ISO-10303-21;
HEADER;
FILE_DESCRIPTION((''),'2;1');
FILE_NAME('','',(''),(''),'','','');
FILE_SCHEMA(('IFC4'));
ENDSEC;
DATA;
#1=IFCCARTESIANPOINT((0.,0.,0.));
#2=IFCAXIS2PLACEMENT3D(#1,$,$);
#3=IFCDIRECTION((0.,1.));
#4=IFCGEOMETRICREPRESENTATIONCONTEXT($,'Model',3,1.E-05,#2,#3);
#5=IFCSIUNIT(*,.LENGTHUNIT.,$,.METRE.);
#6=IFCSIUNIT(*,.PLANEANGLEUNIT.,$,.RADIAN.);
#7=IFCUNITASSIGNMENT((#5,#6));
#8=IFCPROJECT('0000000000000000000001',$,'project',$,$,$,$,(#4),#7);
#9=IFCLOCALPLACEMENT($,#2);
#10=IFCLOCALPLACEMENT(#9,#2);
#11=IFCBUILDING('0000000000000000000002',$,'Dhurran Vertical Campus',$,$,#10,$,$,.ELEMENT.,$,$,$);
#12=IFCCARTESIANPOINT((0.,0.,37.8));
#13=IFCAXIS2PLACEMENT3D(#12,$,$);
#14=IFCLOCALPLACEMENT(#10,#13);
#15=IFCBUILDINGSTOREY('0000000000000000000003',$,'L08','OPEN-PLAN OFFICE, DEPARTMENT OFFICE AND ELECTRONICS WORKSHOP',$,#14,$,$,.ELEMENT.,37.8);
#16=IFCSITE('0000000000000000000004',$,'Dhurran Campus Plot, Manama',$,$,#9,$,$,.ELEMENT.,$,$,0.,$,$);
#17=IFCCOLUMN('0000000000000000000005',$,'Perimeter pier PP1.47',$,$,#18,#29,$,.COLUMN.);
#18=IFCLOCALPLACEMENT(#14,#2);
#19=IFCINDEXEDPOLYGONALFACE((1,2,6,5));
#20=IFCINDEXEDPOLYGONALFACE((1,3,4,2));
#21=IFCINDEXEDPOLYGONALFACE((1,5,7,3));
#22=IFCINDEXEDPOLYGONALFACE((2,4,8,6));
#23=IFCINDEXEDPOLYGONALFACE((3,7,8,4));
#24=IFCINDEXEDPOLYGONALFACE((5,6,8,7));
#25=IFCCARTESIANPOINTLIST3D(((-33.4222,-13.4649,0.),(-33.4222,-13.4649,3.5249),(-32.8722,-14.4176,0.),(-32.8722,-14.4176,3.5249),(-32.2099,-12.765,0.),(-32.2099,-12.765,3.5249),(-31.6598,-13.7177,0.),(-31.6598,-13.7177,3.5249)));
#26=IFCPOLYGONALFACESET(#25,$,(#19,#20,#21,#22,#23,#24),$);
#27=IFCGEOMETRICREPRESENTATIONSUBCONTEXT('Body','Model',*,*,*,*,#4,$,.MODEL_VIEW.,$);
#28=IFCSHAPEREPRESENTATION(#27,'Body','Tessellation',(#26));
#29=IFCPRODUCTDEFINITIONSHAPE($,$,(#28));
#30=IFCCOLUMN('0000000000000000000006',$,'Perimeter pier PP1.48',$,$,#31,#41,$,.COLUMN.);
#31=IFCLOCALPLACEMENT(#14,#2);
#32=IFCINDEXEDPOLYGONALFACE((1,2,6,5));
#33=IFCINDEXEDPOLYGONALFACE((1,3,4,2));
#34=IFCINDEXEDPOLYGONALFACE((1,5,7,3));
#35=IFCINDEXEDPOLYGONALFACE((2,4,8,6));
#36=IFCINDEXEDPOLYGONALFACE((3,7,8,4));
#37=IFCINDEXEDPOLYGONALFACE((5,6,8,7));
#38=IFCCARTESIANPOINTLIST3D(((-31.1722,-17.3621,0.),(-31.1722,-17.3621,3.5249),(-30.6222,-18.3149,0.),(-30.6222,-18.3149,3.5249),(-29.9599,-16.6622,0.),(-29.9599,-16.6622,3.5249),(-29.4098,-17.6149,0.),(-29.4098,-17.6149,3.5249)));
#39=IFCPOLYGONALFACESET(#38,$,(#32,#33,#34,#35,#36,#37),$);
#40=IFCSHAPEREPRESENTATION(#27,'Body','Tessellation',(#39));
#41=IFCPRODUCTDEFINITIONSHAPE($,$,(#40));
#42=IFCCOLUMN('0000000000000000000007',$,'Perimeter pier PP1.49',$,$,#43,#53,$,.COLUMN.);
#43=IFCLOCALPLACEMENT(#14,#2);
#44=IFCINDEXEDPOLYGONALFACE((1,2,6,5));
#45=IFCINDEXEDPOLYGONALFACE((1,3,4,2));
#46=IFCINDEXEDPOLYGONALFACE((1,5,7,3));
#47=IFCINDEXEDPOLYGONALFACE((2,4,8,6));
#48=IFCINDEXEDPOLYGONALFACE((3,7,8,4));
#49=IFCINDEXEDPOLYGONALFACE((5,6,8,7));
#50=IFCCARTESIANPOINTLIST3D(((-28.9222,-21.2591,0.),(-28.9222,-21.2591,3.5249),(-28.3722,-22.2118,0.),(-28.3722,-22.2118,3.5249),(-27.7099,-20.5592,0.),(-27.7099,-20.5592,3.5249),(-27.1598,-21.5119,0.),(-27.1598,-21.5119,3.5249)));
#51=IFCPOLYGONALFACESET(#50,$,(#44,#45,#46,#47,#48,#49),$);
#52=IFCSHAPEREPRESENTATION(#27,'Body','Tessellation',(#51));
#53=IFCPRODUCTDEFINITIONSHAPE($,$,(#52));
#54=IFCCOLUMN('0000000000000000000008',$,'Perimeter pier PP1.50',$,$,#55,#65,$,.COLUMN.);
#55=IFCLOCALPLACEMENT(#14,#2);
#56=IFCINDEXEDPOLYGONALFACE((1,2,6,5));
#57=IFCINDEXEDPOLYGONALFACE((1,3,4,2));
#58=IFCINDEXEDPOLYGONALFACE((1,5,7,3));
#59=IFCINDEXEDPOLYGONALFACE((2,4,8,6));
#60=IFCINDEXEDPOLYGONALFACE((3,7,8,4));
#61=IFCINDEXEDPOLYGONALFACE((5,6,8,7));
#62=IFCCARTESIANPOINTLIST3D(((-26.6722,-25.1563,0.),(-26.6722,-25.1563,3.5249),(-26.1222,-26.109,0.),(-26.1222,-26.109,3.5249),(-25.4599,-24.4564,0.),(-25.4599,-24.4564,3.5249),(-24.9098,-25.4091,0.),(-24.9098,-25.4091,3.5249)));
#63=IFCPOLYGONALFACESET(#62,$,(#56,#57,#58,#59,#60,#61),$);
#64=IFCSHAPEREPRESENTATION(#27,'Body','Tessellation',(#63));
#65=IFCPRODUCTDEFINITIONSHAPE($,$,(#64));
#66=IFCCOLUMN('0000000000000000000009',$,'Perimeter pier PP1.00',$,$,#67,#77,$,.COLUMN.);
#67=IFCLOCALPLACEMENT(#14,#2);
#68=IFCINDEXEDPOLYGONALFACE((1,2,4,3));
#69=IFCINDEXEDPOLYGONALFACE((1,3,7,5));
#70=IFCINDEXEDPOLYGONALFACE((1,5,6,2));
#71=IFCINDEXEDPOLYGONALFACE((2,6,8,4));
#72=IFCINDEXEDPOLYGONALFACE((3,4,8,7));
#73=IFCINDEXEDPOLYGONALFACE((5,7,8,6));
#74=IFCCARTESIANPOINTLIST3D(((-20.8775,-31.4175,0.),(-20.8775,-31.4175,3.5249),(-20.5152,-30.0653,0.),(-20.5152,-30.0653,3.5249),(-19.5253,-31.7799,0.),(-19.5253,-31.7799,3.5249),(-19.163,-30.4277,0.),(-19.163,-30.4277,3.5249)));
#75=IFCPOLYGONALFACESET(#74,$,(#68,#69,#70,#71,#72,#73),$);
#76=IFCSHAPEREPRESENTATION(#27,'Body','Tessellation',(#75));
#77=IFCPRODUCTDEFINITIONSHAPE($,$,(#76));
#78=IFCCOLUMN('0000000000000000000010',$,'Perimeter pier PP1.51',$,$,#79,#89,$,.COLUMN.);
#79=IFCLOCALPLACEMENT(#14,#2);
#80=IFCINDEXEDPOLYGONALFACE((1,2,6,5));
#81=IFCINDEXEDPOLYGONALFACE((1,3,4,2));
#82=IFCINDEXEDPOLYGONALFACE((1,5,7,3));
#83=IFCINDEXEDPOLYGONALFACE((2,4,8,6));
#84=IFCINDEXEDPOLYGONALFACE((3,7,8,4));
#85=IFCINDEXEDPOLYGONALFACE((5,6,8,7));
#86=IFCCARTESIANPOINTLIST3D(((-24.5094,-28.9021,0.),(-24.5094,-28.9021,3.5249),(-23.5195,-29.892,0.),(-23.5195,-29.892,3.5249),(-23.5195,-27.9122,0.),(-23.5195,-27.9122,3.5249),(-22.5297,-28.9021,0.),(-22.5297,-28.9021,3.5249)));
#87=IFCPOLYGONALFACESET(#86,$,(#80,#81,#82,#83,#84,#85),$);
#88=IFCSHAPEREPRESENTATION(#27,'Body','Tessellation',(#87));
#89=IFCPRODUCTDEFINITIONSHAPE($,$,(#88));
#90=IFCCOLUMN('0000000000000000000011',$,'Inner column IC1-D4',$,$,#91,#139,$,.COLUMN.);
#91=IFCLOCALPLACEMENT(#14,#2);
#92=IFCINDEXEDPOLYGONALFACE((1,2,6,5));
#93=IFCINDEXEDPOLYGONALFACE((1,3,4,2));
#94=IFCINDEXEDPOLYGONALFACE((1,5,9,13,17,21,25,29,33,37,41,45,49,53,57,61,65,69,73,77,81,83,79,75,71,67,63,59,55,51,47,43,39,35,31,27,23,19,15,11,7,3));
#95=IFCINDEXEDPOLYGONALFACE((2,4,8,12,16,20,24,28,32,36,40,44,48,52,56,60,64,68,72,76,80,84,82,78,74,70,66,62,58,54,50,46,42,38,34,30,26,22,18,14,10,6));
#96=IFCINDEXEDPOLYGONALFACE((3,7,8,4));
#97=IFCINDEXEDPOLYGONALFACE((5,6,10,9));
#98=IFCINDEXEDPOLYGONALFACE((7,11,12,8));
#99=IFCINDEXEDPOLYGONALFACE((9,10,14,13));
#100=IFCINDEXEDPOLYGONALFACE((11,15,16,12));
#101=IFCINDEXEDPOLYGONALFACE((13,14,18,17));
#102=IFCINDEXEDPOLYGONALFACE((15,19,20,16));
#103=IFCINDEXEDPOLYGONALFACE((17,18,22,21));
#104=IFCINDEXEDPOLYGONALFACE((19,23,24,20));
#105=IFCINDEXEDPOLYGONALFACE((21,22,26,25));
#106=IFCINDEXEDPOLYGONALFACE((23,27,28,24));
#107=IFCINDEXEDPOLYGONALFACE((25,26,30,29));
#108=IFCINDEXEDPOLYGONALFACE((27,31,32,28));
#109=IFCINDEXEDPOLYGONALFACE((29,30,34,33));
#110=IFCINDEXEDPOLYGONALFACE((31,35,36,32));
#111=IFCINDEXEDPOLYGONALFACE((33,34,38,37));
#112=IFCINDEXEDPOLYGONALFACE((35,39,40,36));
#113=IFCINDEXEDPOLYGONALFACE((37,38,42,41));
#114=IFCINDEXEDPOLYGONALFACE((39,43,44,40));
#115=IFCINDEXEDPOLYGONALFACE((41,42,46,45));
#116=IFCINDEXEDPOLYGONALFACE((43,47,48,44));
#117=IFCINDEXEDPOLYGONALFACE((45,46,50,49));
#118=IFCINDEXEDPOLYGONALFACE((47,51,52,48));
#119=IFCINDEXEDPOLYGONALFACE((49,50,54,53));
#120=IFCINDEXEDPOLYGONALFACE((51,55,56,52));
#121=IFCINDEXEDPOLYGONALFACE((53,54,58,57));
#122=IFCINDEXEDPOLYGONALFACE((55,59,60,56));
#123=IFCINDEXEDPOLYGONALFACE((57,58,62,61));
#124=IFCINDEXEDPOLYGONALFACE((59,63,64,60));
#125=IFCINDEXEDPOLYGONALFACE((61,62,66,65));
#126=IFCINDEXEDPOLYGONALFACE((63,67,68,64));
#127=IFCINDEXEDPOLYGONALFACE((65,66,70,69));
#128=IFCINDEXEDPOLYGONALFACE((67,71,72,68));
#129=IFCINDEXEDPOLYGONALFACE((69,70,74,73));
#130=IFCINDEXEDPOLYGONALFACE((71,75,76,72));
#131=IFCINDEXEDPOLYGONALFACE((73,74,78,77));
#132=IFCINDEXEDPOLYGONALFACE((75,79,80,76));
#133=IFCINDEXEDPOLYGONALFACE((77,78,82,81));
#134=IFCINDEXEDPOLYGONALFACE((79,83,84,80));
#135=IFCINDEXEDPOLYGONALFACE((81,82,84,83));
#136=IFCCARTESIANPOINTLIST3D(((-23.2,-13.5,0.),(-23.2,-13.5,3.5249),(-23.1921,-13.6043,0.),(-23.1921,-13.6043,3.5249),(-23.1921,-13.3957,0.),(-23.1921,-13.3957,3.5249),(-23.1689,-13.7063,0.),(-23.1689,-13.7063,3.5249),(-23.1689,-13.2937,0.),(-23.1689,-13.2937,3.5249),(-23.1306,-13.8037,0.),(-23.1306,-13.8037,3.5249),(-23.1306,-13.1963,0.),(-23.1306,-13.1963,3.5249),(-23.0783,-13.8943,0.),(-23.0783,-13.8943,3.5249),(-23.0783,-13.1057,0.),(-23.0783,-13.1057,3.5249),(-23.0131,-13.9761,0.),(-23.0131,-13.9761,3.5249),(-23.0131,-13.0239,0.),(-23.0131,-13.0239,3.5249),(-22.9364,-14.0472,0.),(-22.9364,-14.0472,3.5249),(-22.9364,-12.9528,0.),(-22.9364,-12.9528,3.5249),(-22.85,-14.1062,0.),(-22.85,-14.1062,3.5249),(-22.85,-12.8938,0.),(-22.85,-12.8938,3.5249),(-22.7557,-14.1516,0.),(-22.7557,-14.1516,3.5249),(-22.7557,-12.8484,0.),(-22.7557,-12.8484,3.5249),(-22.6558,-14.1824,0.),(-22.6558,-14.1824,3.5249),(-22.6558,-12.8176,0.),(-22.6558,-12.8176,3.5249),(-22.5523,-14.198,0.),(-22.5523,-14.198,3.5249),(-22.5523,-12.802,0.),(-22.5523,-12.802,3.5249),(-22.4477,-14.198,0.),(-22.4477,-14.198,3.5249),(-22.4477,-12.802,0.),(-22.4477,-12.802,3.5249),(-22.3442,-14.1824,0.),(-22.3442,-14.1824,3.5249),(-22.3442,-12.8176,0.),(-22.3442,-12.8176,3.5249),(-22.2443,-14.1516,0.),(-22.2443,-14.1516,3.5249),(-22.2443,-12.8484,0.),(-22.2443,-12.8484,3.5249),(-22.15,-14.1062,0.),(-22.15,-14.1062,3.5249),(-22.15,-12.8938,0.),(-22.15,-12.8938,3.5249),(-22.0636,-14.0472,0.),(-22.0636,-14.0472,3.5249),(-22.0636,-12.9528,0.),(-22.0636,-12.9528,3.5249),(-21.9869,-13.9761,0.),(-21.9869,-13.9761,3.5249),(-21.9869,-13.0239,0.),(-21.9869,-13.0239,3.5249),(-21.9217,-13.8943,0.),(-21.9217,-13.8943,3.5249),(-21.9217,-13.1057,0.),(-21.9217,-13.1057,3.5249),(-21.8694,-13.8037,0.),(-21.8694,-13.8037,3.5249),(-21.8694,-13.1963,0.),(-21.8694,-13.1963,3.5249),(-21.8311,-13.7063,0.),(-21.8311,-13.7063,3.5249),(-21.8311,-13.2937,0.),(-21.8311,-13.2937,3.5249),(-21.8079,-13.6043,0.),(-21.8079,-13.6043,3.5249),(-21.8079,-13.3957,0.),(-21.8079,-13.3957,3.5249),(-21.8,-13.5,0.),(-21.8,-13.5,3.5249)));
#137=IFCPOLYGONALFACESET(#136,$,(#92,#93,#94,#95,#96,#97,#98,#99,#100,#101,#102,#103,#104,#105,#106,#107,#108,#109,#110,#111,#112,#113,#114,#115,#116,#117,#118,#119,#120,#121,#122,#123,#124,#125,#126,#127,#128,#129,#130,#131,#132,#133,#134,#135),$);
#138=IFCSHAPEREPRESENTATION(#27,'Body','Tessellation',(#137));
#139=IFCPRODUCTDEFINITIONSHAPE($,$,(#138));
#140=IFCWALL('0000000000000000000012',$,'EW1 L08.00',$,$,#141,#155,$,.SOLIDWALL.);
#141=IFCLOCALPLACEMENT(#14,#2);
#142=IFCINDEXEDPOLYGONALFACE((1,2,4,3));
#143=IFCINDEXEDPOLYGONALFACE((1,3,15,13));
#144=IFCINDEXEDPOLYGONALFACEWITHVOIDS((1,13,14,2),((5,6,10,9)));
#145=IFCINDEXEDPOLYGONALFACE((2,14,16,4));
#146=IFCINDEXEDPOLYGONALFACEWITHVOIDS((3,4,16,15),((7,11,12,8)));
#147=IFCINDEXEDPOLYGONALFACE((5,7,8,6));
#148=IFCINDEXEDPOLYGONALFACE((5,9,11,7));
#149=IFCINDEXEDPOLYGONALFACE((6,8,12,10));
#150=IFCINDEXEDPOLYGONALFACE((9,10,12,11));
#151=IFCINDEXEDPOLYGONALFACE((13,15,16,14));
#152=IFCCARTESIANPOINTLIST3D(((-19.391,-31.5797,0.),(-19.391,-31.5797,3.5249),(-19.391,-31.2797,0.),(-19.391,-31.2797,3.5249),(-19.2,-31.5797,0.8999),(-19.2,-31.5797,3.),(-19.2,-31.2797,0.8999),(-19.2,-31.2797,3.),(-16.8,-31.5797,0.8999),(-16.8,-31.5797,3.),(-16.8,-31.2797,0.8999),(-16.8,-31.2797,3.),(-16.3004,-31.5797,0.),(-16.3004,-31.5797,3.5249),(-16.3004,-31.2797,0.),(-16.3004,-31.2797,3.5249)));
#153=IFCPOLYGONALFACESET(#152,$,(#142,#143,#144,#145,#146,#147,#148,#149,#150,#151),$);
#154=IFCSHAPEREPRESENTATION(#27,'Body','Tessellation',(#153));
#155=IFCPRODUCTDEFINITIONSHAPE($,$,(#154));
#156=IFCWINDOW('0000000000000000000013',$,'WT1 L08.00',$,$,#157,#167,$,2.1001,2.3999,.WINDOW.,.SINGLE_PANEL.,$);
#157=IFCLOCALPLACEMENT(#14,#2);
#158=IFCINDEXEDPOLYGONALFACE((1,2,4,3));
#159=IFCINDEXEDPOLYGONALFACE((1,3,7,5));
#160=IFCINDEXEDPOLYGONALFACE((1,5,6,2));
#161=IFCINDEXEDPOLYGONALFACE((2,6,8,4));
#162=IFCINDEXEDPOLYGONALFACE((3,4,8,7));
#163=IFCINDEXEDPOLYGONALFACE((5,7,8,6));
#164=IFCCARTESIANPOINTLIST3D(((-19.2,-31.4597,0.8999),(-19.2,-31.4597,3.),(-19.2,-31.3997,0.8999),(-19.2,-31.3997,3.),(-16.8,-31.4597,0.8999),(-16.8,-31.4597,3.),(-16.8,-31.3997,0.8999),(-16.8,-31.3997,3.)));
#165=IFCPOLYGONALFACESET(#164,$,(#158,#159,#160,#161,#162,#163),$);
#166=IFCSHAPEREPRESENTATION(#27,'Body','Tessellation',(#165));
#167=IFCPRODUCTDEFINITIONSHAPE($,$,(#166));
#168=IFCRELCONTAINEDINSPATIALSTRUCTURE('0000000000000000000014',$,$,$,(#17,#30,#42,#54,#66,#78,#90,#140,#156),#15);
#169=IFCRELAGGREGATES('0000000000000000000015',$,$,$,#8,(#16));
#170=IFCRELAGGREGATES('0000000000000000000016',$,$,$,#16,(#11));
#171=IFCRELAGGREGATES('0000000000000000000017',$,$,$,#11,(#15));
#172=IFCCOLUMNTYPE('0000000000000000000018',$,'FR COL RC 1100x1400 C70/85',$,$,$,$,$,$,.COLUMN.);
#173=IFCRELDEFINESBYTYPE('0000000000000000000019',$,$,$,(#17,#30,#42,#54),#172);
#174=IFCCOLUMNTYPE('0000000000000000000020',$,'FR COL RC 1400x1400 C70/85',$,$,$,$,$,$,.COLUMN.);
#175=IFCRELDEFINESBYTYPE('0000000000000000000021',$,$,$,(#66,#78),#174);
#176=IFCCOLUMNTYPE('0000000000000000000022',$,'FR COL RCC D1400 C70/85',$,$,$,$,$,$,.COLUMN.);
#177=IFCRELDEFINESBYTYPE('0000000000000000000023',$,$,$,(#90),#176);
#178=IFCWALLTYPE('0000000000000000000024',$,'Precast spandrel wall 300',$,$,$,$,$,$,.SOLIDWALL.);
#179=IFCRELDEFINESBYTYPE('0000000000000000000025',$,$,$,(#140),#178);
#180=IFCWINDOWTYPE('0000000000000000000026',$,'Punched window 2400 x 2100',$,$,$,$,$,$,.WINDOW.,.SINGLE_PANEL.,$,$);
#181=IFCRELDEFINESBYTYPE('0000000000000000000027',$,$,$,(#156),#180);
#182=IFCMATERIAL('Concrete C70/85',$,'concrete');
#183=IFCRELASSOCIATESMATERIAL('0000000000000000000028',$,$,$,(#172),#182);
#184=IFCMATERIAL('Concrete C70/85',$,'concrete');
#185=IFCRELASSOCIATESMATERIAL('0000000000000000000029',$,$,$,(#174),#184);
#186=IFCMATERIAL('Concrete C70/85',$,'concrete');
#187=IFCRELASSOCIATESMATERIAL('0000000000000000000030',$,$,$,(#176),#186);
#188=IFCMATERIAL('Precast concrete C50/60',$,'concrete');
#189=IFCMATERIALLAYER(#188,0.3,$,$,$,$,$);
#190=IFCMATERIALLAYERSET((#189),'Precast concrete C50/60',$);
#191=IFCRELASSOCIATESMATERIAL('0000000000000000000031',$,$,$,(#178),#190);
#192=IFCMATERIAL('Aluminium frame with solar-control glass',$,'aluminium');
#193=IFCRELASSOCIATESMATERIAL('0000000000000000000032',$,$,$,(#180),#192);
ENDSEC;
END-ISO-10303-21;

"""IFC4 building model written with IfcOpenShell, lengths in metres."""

from ifc_helpers import new_model, si_unit, direction, frame, frame_2d, origin, origin_2d, place, context, subcontext, project, spatial, rectangle, circle, extrude, material, layer, layer_set, material_profile, profile_set, type_object, element, fill, save


model = new_model("IFC4")

# Units and contexts
model_context = context("Model", 3, precision=1e-05, world=origin(), true_north=direction((0.0, 1.0)))
body_context = subcontext(model_context, "Body", "Model", "MODEL_VIEW")
ifc_project = project(units=[si_unit("LENGTHUNIT", "METRE"), si_unit("PLANEANGLEUNIT", "RADIAN")], contexts=[model_context])

# Site, building, storey
site_placement = place(None, origin())
site = spatial("IfcSite", under=ifc_project, at=site_placement, Name="Dhurran Campus Plot, Manama", CompositionType="ELEMENT", RefElevation=0.0)
building_placement = place(site_placement, origin())
building = spatial("IfcBuilding", under=site, at=building_placement, Name="Dhurran Vertical Campus", CompositionType="ELEMENT")
storey_placement = place(building_placement, frame((0.0, 0.0, 37.8)))
storey = spatial("IfcBuildingStorey", under=building, at=storey_placement, Name="L08", Description="OPEN-PLAN OFFICE, DEPARTMENT OFFICE AND ELECTRONICS WORKSHOP", CompositionType="ELEMENT", Elevation=37.8)

# Columns
ifc_material_1 = material(Name="Concrete C70/85", Category="concrete")
ifc_material_profile_1 = material_profile(ifc_material_1, rectangle(XDim=1.1001, YDim=1.3999, at=origin_2d()), Name="RC 1100x1400")
ifc_profile_set_1 = profile_set([ifc_material_profile_1], Name="Concrete C70/85")
column_type_1 = type_object("IfcColumnType", Name="FR COL RC 1100x1400 C70/85", PredefinedType="COLUMN", material=ifc_profile_set_1)
for number, where, z_axis, x_axis, name in (
    (1, (-32.541, -13.5913, 0.0), (0.0, 0.0, 1.0), (0.5, -0.866025, 0.0), "Perimeter pier PP1.47"),
    (2, (-30.291, -17.4885, 0.0), (0.0, 0.0, 1.0), (0.5, -0.866025, 0.0), "Perimeter pier PP1.48"),
    (3, (-28.041, -21.3855, 0.0), (0.0, 0.0, 1.0), (0.5, -0.866025, 0.0), "Perimeter pier PP1.49"),
    (4, (-25.791, -25.2827, 0.0), (0.0, 0.0, 1.0), (0.5, -0.866025, 0.0), "Perimeter pier PP1.50"),
):
    element("IfcColumn", number, at=place(storey_placement, frame(where, z_axis=z_axis, x_axis=x_axis)), inside=storey, type_object=column_type_1, Name=name, PredefinedType="COLUMN", context=body_context, shape_type="SweptSolid", body=[
        extrude(rectangle(XDim=1.1001, YDim=1.3999, at=origin_2d()), origin(), (0.0, 0.0, 1.0), 3.5249),
    ])
ifc_material_2 = material(Name="Concrete C70/85", Category="concrete")
ifc_material_profile_2 = material_profile(ifc_material_2, rectangle(XDim=1.3999, YDim=1.3999, at=origin_2d()), Name="RC 1400x1400")
ifc_profile_set_2 = profile_set([ifc_material_profile_2], Name="Concrete C70/85")
column_type_2 = type_object("IfcColumnType", Name="FR COL RC 1400x1400 C70/85", PredefinedType="COLUMN", material=ifc_profile_set_2)
for number, where, z_axis, x_axis, name in (
    (5, (-20.0203, -30.9226, 0.0), (0.0, 0.0, 1.0), (0.965926, -0.258819, 0.0), "Perimeter pier PP1.00"),
    (6, (-23.5195, -28.9021, 0.0), (0.0, 0.0, 1.0), (0.707107, -0.707107, 0.0), "Perimeter pier PP1.51"),
):
    element("IfcColumn", number, at=place(storey_placement, frame(where, z_axis=z_axis, x_axis=x_axis)), inside=storey, type_object=column_type_2, Name=name, PredefinedType="COLUMN", context=body_context, shape_type="SweptSolid", body=[
        extrude(rectangle(XDim=1.3999, YDim=1.3999, at=origin_2d()), origin(), (0.0, 0.0, 1.0), 3.5249),
    ])
ifc_material_3 = material(Name="Concrete C70/85", Category="concrete")
ifc_material_profile_3 = material_profile(ifc_material_3, circle(Radius=0.7, at=origin_2d()), Name="RCC D1400")
ifc_profile_set_3 = profile_set([ifc_material_profile_3], Name="Concrete C70/85")
column_type_3 = type_object("IfcColumnType", Name="FR COL RCC D1400 C70/85", PredefinedType="COLUMN", material=ifc_profile_set_3)
column_placement = place(storey_placement, frame((-22.5, -13.5, 0.0), z_axis=(0.0, 0.0, 1.0), x_axis=(1.0, 0.0, 0.0)))
element("IfcColumn", 7, at=column_placement, inside=storey, type_object=column_type_3, Name="Inner column IC1-D4", PredefinedType="COLUMN", context=body_context, shape_type="SweptSolid", body=[
    extrude(circle(Radius=0.7, at=origin_2d()), origin(), (0.0, 0.0, 1.0), 3.5249),
])

# Wall, opening, window
ifc_material_4 = material(Name="Precast concrete C50/60", Category="concrete")
ifc_layer_1 = layer(ifc_material_4, 0.3)
ifc_layer_set_1 = layer_set([ifc_layer_1], Name="Precast concrete C50/60")
wall_type_1 = type_object("IfcWallType", Name="Precast spandrel wall 300", PredefinedType="SOLIDWALL", material=ifc_layer_set_1)
wall_1_placement = place(storey_placement, frame((-19.3911, -31.4297, 0.0), z_axis=(0.0, 0.0, 1.0), x_axis=(1.0, 0.0, 0.0)))
wall_1 = element("IfcWall", 8, at=wall_1_placement, inside=storey, type_object=wall_type_1, Name="EW1 L08.00", PredefinedType="SOLIDWALL", context=body_context, shape_type="SweptSolid", body=[
    extrude(rectangle(XDim=3.0906, YDim=0.3, at=frame_2d((1.5454, 0.0))), origin(), (0.0, 0.0, 1.0), 3.5249),
])
opening_1_placement = place(wall_1_placement, frame((0.1912, 0.0, 0.8999)))
opening_1 = element("IfcOpeningElement", 9, at=opening_1_placement, cuts=wall_1, PredefinedType="OPENING", context=body_context, shape_type="SweptSolid", body=[
    extrude(rectangle(XDim=2.3999, YDim=2.1001, at=frame_2d((1.2, 1.05))), frame((0.0, 0.1599, 0.0), z_axis=(0.0, -1.0, 0.0), x_axis=(1.0, 0.0, 0.0)), (0.0, 0.0, 1.0), 0.3201),
])
ifc_material_5 = material(Name="Aluminium frame with solar-control glass", Category="aluminium")
window_type = type_object("IfcWindowType", Name="Punched window 2400 x 2100", PartitioningType="SINGLE_PANEL", PredefinedType="WINDOW", material=ifc_material_5)
window_1_placement = place(opening_1_placement, origin())
window_1 = element("IfcWindow", 10, at=window_1_placement, inside=storey, type_object=window_type, Name="WT1 L08.00", OverallHeight=2.1001, OverallWidth=2.3999, PartitioningType="SINGLE_PANEL", PredefinedType="WINDOW", context=body_context, shape_type="SweptSolid", body=[
    extrude(rectangle(XDim=2.3999, YDim=2.1001, at=frame_2d((1.2, 1.05))), frame((0.0, 0.03, 0.0), z_axis=(0.0, -1.0, 0.0), x_axis=(1.0, 0.0, 0.0)), (0.0, 0.0, 1.0), 0.0601),
])
fill(opening_1, window_1)

save(model, "model.ifc")
